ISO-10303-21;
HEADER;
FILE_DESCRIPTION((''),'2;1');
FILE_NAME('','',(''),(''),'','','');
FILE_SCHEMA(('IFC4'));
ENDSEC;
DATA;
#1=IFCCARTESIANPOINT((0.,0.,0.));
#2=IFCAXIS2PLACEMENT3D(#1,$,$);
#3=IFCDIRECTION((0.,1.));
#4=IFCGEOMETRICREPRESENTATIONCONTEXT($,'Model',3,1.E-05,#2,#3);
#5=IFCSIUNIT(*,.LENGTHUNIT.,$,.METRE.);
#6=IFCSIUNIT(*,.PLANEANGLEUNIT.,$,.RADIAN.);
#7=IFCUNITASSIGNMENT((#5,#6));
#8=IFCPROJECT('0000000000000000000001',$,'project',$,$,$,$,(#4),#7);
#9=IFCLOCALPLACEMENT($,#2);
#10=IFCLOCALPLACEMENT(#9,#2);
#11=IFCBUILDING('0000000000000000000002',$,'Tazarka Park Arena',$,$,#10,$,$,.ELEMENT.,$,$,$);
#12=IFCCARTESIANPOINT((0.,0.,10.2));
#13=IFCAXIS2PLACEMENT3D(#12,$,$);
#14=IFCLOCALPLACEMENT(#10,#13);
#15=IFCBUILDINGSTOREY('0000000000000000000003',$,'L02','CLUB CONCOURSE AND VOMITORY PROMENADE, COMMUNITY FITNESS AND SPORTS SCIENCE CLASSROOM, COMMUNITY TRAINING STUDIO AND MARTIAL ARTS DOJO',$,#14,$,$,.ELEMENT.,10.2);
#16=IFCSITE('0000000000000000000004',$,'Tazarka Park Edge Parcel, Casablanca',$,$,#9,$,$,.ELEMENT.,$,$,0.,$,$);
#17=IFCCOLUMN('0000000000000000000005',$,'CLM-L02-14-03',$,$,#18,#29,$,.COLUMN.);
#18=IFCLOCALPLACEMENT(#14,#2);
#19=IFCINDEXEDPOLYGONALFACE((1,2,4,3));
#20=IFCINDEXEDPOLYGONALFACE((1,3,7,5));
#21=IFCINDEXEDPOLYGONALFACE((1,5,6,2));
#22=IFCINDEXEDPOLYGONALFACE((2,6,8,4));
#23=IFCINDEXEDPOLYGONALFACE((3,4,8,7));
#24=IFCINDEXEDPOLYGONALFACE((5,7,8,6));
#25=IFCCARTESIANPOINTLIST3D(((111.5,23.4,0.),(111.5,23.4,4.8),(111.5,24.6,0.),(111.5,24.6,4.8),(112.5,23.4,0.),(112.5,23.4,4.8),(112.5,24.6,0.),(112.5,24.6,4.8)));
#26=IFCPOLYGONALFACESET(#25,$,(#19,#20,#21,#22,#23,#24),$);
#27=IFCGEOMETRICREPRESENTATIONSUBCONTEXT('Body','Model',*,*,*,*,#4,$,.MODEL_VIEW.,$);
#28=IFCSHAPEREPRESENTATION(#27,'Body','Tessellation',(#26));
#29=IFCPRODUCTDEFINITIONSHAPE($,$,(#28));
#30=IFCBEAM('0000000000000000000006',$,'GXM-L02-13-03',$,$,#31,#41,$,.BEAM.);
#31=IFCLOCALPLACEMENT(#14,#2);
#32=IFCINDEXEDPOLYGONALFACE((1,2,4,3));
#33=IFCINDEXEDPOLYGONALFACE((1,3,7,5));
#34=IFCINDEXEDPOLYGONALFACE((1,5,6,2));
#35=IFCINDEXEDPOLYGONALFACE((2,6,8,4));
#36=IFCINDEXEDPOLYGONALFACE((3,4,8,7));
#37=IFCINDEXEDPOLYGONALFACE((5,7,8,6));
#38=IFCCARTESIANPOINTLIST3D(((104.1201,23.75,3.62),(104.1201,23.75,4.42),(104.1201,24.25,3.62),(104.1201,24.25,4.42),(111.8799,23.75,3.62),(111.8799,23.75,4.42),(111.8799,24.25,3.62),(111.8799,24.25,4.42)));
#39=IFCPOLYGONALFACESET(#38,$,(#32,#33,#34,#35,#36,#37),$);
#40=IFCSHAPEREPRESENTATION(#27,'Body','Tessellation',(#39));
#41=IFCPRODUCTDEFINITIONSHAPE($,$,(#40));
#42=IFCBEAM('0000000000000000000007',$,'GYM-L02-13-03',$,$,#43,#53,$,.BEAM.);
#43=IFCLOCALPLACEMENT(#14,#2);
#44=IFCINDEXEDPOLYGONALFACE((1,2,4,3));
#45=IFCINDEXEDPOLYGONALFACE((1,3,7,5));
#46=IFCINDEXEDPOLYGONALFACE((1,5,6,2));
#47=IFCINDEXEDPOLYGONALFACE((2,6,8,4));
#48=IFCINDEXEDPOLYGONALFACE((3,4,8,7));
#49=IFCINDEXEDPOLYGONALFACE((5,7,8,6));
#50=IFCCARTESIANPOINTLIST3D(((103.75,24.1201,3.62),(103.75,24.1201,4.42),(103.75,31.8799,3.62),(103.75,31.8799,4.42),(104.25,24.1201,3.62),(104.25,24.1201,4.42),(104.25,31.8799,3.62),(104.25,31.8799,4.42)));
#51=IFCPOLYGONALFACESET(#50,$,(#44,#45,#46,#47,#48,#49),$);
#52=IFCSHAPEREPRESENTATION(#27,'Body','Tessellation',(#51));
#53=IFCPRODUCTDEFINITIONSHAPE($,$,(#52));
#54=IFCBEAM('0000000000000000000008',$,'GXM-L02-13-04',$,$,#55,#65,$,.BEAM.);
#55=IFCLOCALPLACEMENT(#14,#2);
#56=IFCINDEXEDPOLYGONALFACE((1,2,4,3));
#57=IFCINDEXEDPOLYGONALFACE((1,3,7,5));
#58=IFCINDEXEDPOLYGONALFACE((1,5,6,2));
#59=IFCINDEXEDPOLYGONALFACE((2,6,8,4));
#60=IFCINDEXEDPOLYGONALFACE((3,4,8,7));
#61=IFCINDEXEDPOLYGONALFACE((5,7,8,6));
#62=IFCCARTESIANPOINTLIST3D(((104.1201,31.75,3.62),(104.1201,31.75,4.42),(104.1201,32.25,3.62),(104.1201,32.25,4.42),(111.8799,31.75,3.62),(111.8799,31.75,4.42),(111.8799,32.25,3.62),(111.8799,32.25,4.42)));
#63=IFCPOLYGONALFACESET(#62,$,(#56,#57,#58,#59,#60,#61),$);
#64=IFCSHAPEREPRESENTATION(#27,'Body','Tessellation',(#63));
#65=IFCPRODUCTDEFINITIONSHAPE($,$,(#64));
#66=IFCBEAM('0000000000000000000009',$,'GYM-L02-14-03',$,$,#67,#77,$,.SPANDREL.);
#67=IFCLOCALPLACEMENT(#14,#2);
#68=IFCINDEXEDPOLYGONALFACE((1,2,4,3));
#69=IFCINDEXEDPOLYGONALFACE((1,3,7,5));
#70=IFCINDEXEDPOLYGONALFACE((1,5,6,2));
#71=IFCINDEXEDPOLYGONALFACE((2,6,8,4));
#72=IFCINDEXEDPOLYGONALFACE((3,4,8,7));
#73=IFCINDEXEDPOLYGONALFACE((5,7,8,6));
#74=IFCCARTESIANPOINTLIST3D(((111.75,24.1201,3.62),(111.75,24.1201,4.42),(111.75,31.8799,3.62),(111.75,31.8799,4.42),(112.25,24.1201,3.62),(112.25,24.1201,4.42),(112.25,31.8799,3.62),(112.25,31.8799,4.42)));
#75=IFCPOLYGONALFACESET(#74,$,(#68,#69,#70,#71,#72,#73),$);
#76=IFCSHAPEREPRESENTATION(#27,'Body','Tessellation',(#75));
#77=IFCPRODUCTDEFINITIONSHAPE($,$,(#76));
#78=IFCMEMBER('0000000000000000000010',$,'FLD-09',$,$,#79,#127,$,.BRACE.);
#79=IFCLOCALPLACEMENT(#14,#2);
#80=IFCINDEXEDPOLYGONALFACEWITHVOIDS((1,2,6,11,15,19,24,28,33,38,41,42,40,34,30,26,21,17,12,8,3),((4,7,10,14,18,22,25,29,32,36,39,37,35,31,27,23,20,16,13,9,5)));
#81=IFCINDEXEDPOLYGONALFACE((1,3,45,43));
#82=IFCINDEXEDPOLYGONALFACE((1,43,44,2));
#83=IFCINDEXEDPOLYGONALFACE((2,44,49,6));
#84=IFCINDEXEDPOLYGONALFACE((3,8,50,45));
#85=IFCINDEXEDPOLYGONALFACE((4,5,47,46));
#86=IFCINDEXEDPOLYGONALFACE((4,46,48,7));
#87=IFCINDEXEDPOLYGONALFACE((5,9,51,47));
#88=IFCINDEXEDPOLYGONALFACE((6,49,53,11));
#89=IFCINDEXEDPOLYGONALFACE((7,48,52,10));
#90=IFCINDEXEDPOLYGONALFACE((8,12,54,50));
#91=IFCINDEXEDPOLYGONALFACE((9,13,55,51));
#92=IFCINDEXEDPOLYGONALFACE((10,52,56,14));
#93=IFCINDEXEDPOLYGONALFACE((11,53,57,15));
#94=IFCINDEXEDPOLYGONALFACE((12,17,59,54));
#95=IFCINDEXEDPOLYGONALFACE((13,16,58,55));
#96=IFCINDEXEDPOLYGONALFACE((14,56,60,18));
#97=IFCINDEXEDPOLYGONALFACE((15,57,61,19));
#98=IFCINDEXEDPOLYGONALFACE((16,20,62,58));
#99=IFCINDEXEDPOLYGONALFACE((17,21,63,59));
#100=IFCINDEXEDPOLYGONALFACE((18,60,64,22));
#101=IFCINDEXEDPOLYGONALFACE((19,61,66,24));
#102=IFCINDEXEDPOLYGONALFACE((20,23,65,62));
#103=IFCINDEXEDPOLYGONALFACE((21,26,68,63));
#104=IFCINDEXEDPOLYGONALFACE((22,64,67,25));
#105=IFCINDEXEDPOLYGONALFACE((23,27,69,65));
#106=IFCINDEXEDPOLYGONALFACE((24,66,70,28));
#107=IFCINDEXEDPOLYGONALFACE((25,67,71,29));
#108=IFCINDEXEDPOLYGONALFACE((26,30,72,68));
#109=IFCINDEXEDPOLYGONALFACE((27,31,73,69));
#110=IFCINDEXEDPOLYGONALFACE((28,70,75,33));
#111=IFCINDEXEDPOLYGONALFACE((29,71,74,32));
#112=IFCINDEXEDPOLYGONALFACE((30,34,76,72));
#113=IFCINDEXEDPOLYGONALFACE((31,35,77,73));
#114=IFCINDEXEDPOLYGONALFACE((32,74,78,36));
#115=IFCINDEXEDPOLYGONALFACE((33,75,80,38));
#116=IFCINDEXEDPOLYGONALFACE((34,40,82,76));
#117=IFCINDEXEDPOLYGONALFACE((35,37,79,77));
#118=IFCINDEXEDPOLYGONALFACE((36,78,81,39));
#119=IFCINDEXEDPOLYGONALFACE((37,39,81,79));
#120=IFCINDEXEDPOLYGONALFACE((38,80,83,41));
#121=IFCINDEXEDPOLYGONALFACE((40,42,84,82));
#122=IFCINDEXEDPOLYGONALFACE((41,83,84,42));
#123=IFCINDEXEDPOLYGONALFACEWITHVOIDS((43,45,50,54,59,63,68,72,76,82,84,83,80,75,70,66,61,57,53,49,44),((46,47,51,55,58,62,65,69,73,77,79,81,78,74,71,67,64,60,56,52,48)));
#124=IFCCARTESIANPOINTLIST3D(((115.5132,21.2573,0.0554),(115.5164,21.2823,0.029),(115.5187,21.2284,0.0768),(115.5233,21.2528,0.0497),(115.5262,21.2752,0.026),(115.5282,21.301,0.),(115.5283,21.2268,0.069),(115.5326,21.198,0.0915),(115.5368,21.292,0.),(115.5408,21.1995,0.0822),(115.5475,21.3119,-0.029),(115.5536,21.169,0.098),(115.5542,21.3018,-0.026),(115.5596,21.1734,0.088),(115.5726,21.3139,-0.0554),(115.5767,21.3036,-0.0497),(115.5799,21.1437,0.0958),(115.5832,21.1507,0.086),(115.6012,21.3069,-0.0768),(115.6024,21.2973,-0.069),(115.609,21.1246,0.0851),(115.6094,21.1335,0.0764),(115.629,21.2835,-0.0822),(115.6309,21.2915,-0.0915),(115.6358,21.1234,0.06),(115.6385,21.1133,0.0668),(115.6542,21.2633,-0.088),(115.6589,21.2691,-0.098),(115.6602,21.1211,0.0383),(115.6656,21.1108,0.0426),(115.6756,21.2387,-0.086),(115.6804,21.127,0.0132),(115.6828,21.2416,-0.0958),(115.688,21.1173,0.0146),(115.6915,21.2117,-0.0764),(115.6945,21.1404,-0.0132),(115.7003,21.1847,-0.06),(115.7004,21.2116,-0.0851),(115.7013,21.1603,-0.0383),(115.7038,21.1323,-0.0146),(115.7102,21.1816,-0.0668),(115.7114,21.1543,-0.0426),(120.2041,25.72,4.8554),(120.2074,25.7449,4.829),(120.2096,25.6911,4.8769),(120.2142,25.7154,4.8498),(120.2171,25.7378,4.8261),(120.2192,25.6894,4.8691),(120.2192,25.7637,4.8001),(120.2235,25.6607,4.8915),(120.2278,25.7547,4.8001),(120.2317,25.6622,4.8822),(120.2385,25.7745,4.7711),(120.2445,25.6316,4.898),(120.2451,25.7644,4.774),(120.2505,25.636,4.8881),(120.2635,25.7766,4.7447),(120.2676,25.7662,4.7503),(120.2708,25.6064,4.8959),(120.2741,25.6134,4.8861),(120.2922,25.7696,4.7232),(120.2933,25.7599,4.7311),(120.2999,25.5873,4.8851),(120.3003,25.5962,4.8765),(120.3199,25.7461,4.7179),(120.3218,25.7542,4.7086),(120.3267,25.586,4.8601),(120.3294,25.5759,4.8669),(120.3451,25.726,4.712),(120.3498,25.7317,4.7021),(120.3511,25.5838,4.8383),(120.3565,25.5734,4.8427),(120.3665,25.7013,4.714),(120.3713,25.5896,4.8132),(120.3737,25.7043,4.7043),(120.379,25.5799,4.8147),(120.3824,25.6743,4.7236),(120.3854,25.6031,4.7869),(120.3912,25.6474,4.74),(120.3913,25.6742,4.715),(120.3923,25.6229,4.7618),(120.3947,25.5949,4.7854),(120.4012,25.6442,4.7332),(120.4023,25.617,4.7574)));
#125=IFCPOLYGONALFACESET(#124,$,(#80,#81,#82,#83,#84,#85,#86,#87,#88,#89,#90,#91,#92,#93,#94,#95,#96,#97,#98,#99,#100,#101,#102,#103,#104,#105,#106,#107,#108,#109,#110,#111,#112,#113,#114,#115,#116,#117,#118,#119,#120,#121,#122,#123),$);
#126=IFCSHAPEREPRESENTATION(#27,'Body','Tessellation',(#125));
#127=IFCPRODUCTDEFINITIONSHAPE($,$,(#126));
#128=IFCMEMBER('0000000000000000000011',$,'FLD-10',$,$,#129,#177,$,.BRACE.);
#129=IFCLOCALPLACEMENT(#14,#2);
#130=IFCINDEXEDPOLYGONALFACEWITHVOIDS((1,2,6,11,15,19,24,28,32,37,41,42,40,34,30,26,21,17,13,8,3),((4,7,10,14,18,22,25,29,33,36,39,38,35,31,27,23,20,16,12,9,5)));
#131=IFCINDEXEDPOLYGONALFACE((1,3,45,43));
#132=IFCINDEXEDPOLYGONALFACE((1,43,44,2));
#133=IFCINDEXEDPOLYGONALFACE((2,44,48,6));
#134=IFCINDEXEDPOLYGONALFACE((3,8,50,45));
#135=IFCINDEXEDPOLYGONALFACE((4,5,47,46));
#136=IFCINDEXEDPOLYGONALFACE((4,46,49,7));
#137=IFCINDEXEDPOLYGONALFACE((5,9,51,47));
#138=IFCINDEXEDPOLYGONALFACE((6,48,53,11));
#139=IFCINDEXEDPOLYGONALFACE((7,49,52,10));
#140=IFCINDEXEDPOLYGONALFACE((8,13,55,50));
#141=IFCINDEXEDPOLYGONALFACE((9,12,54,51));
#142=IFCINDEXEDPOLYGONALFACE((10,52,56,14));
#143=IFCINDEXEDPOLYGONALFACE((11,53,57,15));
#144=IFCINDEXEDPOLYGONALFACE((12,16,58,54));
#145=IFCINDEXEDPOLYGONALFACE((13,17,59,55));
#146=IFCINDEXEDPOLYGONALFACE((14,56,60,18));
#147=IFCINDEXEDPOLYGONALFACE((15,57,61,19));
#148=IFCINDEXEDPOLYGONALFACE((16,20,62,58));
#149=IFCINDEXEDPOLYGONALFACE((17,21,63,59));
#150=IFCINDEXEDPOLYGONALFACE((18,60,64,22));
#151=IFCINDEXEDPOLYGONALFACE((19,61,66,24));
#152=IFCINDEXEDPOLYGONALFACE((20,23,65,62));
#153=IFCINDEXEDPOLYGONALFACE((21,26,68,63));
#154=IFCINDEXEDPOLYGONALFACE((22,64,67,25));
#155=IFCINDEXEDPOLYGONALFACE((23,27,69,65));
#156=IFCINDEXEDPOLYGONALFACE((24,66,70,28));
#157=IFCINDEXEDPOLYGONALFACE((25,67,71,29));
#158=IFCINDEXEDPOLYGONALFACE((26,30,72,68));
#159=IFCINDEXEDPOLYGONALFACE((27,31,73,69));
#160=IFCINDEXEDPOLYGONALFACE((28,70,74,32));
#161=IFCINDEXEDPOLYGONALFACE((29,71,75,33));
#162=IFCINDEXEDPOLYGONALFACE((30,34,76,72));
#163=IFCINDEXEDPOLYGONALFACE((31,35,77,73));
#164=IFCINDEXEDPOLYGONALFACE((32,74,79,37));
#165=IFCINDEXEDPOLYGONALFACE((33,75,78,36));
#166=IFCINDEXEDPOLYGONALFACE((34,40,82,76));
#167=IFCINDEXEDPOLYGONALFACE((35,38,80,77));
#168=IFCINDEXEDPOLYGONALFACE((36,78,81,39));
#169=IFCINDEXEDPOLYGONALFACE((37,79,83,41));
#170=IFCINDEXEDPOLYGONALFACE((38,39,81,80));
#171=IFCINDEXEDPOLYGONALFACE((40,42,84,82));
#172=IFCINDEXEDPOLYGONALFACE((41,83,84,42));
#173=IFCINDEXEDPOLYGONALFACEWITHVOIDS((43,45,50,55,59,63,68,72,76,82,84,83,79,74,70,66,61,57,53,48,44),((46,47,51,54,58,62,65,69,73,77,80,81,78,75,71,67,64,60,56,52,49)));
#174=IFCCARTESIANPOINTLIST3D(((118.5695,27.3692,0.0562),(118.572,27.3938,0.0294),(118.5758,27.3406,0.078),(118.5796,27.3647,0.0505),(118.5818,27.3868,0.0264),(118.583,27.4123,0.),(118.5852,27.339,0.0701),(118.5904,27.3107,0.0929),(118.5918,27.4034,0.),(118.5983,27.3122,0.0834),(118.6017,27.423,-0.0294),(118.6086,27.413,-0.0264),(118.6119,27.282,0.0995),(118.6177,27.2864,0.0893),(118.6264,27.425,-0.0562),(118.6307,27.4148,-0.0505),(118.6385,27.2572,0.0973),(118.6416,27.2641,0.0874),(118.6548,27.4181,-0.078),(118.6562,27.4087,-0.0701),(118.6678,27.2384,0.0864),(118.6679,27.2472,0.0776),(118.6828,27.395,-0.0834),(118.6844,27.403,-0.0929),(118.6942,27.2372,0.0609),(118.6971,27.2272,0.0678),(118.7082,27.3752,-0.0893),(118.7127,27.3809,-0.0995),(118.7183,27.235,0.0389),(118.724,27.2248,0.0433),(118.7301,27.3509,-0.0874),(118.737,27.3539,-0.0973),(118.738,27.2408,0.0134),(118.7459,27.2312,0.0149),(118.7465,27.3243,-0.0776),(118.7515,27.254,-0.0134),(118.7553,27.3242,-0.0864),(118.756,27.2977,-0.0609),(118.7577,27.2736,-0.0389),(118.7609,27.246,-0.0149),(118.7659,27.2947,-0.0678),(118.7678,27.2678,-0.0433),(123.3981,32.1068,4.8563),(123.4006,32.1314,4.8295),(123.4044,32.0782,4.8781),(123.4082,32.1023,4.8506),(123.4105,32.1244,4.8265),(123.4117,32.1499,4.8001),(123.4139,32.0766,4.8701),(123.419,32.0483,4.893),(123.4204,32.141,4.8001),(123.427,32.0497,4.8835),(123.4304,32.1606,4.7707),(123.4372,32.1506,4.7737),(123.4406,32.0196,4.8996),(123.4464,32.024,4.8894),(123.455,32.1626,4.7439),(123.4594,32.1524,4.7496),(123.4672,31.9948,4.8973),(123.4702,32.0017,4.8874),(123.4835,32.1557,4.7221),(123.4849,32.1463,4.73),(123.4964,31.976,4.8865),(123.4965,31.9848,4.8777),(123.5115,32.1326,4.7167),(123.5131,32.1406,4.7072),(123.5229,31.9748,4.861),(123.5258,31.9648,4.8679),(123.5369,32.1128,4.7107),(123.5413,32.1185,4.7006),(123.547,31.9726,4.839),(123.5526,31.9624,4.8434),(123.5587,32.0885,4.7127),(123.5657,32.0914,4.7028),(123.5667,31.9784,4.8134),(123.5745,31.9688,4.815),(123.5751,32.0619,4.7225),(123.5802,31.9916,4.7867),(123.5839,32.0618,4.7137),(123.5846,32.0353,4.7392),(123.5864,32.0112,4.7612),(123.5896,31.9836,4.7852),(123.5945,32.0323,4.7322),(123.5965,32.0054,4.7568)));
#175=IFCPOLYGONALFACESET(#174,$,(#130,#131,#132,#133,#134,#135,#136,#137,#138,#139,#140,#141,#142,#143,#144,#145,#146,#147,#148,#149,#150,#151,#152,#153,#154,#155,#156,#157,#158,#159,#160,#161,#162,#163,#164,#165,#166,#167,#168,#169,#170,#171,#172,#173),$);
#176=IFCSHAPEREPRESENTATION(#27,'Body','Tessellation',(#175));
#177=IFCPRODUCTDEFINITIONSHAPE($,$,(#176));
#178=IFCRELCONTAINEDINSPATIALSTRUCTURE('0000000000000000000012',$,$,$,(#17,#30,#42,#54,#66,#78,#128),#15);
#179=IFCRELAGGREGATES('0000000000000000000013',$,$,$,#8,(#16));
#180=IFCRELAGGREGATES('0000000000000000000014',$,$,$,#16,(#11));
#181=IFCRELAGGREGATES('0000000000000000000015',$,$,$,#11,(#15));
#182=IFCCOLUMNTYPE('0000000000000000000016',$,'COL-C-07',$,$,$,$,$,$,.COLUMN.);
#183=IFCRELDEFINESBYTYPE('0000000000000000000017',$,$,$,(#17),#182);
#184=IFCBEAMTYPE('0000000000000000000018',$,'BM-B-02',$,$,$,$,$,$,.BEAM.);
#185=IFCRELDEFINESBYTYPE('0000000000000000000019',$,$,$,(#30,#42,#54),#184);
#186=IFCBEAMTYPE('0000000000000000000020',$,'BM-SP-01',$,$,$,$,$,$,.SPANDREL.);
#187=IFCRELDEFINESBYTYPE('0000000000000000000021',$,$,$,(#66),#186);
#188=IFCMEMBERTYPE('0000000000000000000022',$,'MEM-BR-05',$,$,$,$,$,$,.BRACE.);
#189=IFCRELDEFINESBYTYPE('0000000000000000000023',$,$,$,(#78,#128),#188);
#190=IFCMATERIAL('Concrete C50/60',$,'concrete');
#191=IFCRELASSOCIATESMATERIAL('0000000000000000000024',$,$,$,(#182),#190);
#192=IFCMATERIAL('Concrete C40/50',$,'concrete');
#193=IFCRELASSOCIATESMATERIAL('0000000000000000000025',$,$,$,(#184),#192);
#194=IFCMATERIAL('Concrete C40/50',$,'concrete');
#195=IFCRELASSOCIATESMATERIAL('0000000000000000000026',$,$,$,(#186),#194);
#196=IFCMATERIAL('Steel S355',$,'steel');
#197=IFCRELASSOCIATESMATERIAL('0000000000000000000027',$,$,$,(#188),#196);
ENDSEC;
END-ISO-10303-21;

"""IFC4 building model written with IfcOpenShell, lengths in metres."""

from ifc_helpers import new_model, si_unit, direction, frame, origin, origin_2d, place, context, subcontext, project, spatial, rectangle, hollow_circle, extrude, material, material_profile, profile_set, type_object, element, save


model = new_model("IFC4")

# Units and contexts
model_context = context("Model", 3, precision=1e-05, world=origin(), true_north=direction((0.0, 1.0)))
body_context = subcontext(model_context, "Body", "Model", "MODEL_VIEW")
ifc_project = project(units=[si_unit("LENGTHUNIT", "METRE"), si_unit("PLANEANGLEUNIT", "RADIAN")], contexts=[model_context])

# Site, building, storey
site_placement = place(None, origin())
site = spatial("IfcSite", under=ifc_project, at=site_placement, Name="Tazarka Park Edge Parcel, Casablanca", CompositionType="ELEMENT", RefElevation=0.0)
building_placement = place(site_placement, origin())
building = spatial("IfcBuilding", under=site, at=building_placement, Name="Tazarka Park Arena", CompositionType="ELEMENT")
storey_placement = place(building_placement, frame((0.0, 0.0, 10.2)))
storey = spatial("IfcBuildingStorey", under=building, at=storey_placement, Name="L02", Description="CLUB CONCOURSE AND VOMITORY PROMENADE, COMMUNITY FITNESS AND SPORTS SCIENCE CLASSROOM, COMMUNITY TRAINING STUDIO AND MARTIAL ARTS DOJO", CompositionType="ELEMENT", Elevation=10.2)

# Column
ifc_material_1 = material(Name="Concrete C50/60", Category="concrete")
ifc_material_profile_1 = material_profile(ifc_material_1, rectangle(XDim=1.0, YDim=1.2, at=origin_2d()), Name="Concrete C50/60")
ifc_profile_set_1 = profile_set([ifc_material_profile_1], Name="Concrete C50/60")
column_type = type_object("IfcColumnType", Name="COL-C-07", PredefinedType="COLUMN", material=ifc_profile_set_1)
column_placement = place(storey_placement, frame((112.0, 24.0, 0.0), z_axis=(0.0, 0.0, 1.0), x_axis=(1.0, 0.0, 0.0)))
element("IfcColumn", 1, at=column_placement, inside=storey, type_object=column_type, Name="CLM-L02-14-03", PredefinedType="COLUMN", context=body_context, shape_type="SweptSolid", body=[
    extrude(rectangle(XDim=1.0, YDim=1.2, at=origin_2d()), origin(), (0.0, 0.0, 1.0), 4.8),
])

# Beams
ifc_material_2 = material(Name="Concrete C40/50", Category="concrete")
ifc_material_profile_2 = material_profile(ifc_material_2, rectangle(XDim=0.5, YDim=0.8, at=origin_2d()), Name="Concrete C40/50")
ifc_profile_set_2 = profile_set([ifc_material_profile_2], Name="Concrete C40/50")
beam_type_1 = type_object("IfcBeamType", Name="BM-B-02", PredefinedType="BEAM", material=ifc_profile_set_2)
for number, where, z_axis, x_axis, name in (
    (2, (104.1201, 24.0, 4.02), (1.0, 0.0, 0.0), (0.0, 1.0, 0.0), "GXM-L02-13-03"),
    (3, (104.0, 24.1201, 4.02), (0.0, 1.0, 0.0), (-1.0, 0.0, 0.0), "GYM-L02-13-03"),
    (4, (104.1201, 32.0, 4.02), (1.0, 0.0, 0.0), (0.0, 1.0, 0.0), "GXM-L02-13-04"),
):
    element("IfcBeam", number, at=place(storey_placement, frame(where, z_axis=z_axis, x_axis=x_axis)), inside=storey, type_object=beam_type_1, Name=name, PredefinedType="BEAM", context=body_context, shape_type="SweptSolid", body=[
        extrude(rectangle(XDim=0.5, YDim=0.8, at=origin_2d()), origin(), (0.0, 0.0, 1.0), 7.7598),
    ])
ifc_material_3 = material(Name="Concrete C40/50", Category="concrete")
ifc_material_profile_3 = material_profile(ifc_material_3, rectangle(XDim=0.5, YDim=0.8, at=origin_2d()), Name="Concrete C40/50")
ifc_profile_set_3 = profile_set([ifc_material_profile_3], Name="Concrete C40/50")
beam_type_2 = type_object("IfcBeamType", Name="BM-SP-01", PredefinedType="SPANDREL", material=ifc_profile_set_3)
beam_placement = place(storey_placement, frame((112.0, 24.1201, 4.02), z_axis=(0.0, 1.0, 0.0), x_axis=(-1.0, 0.0, 0.0)))
element("IfcBeam", 5, at=beam_placement, inside=storey, type_object=beam_type_2, Name="GYM-L02-14-03", PredefinedType="SPANDREL", context=body_context, shape_type="SweptSolid", body=[
    extrude(rectangle(XDim=0.5, YDim=0.8, at=origin_2d()), origin(), (0.0, 0.0, 1.0), 7.7598),
])

# Members
ifc_material_4 = material(Name="Steel S355", Category="steel")
ifc_material_profile_4 = material_profile(ifc_material_4, hollow_circle(Radius=0.1223, WallThickness=0.0125, at=origin_2d()), Name="Steel S355")
ifc_profile_set_4 = profile_set([ifc_material_profile_4], Name="Steel S355")
member_type_1 = type_object("IfcMemberType", Name="MEM-BR-05", PredefinedType="BRACE", material=ifc_profile_set_4)
member_1_placement = place(storey_placement, frame((115.6125, 21.2124, 0.0), z_axis=(0.582014, 0.553692, 0.595554), x_axis=(-0.689259, 0.724515, 0.0)))
element("IfcMember", 6, at=member_1_placement, inside=storey, type_object=member_type_1, Name="FLD-09", PredefinedType="BRACE", context=body_context, shape_type="SweptSolid", body=[
    extrude(hollow_circle(Radius=0.1223, WallThickness=0.0125, at=origin_2d()), origin(), (0.0, 0.0, 1.0), 8.0598),
])
member_2_placement = place(storey_placement, frame((118.6687, 27.325, 0.0), z_axis=(0.58214, 0.571161, 0.578696), x_axis=(-0.700344, 0.713806, 0.0)))
element("IfcMember", 7, at=member_2_placement, inside=storey, type_object=member_type_1, Name="FLD-10", PredefinedType="BRACE", context=body_context, shape_type="SweptSolid", body=[
    extrude(hollow_circle(Radius=0.1223, WallThickness=0.0125, at=origin_2d()), origin(), (0.0, 0.0, 1.0), 8.2947),
])

save(model, "model.ifc")
